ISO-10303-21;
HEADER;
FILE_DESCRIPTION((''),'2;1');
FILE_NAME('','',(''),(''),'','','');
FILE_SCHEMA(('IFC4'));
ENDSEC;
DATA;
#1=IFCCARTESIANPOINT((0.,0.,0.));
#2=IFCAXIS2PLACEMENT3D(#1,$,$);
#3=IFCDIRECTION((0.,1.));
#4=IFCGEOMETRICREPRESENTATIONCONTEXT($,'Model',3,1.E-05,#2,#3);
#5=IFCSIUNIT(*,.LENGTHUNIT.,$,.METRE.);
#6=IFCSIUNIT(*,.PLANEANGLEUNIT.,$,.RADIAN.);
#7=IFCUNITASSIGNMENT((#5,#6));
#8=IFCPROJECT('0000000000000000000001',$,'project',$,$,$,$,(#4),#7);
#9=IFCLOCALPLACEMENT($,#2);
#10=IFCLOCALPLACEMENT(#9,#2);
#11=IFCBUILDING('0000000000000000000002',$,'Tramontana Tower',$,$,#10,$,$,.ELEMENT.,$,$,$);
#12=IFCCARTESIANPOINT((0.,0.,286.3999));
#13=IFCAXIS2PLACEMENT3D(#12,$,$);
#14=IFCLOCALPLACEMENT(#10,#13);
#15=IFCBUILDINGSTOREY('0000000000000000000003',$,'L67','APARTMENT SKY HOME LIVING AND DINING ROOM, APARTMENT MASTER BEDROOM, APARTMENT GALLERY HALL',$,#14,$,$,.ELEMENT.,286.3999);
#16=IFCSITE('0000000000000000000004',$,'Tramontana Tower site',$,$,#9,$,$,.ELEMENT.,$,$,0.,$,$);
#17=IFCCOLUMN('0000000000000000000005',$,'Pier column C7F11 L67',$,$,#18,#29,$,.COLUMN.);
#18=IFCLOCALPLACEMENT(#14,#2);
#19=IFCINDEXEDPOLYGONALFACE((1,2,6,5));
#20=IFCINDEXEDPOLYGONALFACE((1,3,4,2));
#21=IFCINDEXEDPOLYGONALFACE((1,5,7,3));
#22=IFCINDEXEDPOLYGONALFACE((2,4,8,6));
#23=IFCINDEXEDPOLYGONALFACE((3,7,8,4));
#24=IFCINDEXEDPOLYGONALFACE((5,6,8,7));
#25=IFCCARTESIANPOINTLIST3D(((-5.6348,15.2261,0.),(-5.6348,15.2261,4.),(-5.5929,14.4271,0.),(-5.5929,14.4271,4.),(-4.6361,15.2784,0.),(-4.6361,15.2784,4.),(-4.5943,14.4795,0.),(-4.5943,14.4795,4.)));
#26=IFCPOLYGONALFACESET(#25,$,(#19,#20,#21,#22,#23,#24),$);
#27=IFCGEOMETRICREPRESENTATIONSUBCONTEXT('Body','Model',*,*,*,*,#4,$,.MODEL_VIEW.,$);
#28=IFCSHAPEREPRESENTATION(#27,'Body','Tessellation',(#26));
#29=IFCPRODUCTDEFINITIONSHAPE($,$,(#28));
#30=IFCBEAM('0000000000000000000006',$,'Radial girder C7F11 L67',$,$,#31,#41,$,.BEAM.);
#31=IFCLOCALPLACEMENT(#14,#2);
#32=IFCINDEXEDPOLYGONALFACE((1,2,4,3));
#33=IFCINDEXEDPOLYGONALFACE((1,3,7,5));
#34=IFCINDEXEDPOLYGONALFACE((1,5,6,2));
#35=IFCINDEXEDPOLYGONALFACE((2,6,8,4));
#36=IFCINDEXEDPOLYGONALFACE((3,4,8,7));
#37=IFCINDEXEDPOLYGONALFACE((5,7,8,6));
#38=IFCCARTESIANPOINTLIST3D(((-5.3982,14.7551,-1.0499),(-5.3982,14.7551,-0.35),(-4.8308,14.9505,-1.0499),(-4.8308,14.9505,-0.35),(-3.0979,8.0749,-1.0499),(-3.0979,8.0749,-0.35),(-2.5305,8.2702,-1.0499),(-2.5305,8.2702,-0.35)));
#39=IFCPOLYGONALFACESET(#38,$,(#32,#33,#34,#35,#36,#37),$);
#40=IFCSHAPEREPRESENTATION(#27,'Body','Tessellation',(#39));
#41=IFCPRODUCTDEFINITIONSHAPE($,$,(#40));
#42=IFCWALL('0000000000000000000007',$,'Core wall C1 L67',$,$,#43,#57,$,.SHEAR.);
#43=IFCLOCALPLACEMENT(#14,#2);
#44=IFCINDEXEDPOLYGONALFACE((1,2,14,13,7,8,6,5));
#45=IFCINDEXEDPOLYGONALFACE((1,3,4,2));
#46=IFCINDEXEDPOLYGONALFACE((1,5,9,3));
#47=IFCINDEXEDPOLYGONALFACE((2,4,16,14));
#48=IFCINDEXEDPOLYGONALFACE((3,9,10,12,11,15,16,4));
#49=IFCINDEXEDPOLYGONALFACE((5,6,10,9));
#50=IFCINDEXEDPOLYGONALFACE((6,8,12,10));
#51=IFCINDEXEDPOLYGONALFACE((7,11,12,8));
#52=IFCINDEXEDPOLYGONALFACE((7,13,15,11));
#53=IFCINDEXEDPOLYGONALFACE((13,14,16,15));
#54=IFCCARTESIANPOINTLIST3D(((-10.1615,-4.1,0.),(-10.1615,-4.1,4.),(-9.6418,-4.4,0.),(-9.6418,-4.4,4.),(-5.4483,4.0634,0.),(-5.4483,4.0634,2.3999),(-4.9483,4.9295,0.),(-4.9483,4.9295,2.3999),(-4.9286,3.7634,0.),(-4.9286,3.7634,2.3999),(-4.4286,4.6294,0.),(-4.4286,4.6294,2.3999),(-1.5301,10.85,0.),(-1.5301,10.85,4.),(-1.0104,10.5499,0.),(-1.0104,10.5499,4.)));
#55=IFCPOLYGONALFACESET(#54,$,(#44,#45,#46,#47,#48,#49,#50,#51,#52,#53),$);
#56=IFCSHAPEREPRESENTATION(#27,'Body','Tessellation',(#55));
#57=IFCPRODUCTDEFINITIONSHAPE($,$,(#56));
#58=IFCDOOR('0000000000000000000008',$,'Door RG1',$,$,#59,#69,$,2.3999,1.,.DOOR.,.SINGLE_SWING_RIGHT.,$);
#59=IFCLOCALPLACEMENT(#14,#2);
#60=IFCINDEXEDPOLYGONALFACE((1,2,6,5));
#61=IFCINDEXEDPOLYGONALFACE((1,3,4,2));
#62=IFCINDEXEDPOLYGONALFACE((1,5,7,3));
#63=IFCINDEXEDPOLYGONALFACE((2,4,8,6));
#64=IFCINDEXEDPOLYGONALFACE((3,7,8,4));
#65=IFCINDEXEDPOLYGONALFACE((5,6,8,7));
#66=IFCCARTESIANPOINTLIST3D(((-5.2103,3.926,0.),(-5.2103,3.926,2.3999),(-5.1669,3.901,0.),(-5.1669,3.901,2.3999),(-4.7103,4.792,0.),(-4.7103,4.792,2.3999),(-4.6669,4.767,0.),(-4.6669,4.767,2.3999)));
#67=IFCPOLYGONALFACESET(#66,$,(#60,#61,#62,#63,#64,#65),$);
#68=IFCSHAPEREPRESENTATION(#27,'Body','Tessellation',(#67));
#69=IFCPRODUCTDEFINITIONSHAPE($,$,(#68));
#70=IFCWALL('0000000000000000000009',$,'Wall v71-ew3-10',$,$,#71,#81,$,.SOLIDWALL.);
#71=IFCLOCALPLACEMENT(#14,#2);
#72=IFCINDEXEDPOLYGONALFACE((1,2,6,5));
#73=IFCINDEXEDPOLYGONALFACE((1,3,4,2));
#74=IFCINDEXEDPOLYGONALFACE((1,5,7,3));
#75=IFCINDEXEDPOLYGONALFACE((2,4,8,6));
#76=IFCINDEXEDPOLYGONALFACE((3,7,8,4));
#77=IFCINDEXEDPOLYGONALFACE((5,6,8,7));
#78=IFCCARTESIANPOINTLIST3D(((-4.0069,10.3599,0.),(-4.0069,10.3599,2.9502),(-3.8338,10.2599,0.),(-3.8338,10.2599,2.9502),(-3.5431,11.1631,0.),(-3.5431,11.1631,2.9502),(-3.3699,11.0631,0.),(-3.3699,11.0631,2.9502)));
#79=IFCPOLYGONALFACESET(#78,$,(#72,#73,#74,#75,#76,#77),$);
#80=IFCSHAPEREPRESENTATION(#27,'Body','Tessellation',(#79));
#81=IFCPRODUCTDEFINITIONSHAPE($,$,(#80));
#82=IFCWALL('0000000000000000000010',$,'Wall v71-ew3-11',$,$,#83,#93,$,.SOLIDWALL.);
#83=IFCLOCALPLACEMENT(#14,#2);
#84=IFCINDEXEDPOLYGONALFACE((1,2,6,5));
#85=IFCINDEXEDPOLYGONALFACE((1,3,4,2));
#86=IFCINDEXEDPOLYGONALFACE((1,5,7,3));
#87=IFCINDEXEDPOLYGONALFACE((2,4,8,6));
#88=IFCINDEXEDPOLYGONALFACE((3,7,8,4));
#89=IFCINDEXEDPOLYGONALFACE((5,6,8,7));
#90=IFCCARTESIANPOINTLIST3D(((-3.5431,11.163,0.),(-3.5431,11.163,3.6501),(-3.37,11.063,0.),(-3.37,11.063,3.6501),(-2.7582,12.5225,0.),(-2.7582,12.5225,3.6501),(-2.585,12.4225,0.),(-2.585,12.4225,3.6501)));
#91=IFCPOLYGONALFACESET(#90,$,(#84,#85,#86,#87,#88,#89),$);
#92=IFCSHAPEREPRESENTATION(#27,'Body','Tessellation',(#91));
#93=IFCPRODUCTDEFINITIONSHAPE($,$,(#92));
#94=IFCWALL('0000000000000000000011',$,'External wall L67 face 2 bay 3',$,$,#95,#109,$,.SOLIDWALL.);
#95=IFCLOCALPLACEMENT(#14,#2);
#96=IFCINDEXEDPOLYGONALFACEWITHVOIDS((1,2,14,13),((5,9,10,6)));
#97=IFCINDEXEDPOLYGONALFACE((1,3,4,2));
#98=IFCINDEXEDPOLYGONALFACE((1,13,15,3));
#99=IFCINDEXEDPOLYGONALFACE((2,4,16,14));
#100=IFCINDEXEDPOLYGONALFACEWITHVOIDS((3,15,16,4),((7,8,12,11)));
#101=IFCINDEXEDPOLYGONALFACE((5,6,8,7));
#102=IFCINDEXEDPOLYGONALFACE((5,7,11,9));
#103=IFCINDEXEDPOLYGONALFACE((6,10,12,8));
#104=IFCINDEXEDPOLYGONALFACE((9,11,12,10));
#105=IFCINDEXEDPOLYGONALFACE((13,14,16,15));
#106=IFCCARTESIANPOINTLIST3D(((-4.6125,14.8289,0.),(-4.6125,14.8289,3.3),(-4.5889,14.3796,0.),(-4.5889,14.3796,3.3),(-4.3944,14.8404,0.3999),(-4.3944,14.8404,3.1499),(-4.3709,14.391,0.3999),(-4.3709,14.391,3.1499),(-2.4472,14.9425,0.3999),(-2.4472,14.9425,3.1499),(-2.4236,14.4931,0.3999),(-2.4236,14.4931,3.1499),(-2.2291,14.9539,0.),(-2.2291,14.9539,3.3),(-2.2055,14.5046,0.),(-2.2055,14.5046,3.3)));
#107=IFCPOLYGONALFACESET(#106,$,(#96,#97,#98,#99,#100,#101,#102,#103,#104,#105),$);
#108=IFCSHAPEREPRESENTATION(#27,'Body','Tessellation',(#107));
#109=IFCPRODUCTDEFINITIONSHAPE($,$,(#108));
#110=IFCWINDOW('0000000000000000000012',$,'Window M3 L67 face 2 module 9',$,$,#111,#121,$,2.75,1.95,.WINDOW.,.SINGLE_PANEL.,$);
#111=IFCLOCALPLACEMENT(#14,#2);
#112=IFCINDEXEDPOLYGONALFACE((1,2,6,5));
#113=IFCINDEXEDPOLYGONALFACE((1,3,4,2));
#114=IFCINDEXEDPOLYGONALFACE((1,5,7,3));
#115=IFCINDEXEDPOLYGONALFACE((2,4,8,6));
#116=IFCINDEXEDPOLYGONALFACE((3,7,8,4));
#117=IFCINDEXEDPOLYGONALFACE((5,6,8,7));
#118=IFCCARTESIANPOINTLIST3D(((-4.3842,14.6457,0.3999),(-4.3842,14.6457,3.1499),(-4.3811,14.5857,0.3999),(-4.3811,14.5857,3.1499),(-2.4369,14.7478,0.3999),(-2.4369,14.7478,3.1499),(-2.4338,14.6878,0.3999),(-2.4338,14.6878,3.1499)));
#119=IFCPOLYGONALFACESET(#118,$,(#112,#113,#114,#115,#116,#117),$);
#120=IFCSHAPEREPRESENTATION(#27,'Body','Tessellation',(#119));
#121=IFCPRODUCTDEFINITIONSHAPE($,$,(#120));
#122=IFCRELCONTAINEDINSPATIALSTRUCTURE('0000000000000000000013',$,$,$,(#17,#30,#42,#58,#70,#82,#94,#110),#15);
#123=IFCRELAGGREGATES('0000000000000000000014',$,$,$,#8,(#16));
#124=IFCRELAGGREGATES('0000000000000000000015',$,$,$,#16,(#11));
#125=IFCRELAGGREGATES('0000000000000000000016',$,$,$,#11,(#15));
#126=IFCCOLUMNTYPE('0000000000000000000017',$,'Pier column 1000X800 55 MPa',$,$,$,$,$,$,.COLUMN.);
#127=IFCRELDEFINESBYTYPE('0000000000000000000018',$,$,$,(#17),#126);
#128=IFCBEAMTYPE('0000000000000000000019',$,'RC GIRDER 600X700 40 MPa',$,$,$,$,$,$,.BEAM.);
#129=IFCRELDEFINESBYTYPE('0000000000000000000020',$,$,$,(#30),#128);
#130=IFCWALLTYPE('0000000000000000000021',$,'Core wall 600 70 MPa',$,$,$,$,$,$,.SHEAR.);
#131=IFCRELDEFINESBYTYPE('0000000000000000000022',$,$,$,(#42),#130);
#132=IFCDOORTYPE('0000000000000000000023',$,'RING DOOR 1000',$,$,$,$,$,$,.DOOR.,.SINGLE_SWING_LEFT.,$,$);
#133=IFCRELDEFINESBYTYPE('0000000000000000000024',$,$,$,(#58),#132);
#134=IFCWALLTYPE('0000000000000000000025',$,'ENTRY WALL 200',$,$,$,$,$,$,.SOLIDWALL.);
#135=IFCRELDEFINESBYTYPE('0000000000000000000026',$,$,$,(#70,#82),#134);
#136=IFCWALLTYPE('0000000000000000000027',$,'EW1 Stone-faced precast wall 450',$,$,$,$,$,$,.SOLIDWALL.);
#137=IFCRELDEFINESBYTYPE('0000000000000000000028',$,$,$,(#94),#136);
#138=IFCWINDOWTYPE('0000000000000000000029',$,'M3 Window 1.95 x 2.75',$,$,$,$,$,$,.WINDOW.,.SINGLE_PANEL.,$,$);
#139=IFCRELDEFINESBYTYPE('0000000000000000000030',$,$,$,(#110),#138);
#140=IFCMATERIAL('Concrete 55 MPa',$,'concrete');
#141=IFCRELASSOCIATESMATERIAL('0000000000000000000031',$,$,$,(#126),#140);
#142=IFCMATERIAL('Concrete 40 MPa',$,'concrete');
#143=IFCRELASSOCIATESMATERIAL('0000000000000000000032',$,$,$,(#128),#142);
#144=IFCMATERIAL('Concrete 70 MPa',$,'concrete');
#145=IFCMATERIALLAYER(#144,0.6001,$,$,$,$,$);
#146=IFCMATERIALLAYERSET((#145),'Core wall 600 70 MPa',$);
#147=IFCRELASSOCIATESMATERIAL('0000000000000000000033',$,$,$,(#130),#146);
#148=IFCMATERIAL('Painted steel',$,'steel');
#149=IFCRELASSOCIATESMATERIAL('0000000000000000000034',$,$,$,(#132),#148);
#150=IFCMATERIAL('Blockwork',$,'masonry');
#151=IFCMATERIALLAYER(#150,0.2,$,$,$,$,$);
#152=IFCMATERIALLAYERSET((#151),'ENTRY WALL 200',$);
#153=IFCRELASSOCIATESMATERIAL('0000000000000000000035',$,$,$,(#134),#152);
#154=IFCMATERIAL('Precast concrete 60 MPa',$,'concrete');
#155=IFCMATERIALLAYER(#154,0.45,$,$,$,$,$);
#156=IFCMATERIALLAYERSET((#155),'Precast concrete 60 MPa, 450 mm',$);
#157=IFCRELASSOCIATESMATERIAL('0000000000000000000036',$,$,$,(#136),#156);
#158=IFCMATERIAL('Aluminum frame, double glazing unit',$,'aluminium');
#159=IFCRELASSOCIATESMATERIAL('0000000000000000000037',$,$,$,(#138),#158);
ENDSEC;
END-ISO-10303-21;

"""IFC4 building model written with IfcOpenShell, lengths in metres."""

from ifc_helpers import new_model, si_unit, direction, frame, frame_2d, origin, origin_2d, place, context, subcontext, project, spatial, rectangle, extrude, material, layer, layer_set, material_profile, profile_set, type_object, element, fill, save


model = new_model("IFC4")

# Units and contexts
model_context = context("Model", 3, precision=1e-05, world=origin(), true_north=direction((0.0, 1.0)))
body_context = subcontext(model_context, "Body", "Model", "MODEL_VIEW")
ifc_project = project(units=[si_unit("LENGTHUNIT", "METRE"), si_unit("PLANEANGLEUNIT", "RADIAN")], contexts=[model_context])

# Site, building, storey
site_placement = place(None, origin())
site = spatial("IfcSite", under=ifc_project, at=site_placement, Name="Tramontana Tower site", CompositionType="ELEMENT", RefElevation=0.0)
building_placement = place(site_placement, origin())
building = spatial("IfcBuilding", under=site, at=building_placement, Name="Tramontana Tower", CompositionType="ELEMENT")
storey_placement = place(building_placement, frame((0.0, 0.0, 286.3999)))
storey = spatial("IfcBuildingStorey", under=building, at=storey_placement, Name="L67", Description="APARTMENT SKY HOME LIVING AND DINING ROOM, APARTMENT MASTER BEDROOM, APARTMENT GALLERY HALL", CompositionType="ELEMENT", Elevation=286.3999)

# Column
ifc_material_1 = material(Name="Concrete 55 MPa", Category="concrete")
ifc_material_profile_1 = material_profile(ifc_material_1, rectangle(XDim=1.0, YDim=0.8, at=origin_2d()), Name="Pier column 1000X800 55 MPa")
ifc_profile_set_1 = profile_set([ifc_material_profile_1], Name="Concrete 55 MPa")
column_type = type_object("IfcColumnType", Name="Pier column 1000X800 55 MPa", PredefinedType="COLUMN", material=ifc_profile_set_1)
column_placement = place(storey_placement, frame((-5.1145, 14.8528, 0.0), z_axis=(0.0, 0.0, 1.0), x_axis=(-0.99863, -0.052336, 0.0)))
element("IfcColumn", 1, at=column_placement, inside=storey, type_object=column_type, Name="Pier column C7F11 L67", PredefinedType="COLUMN", context=body_context, shape_type="SweptSolid", body=[
    extrude(rectangle(XDim=1.0, YDim=0.8, at=origin_2d()), origin(), (0.0, 0.0, 1.0), 4.0),
])

# Beam
ifc_material_2 = material(Name="Concrete 40 MPa", Category="concrete")
ifc_material_profile_2 = material_profile(ifc_material_2, rectangle(XDim=0.6001, YDim=0.7, at=origin_2d()), Name="RC GIRDER 600X700 40 MPa")
ifc_profile_set_2 = profile_set([ifc_material_profile_2], Name="Concrete 40 MPa")
beam_type = type_object("IfcBeamType", Name="RC GIRDER 600X700 40 MPa", PredefinedType="BEAM", material=ifc_profile_set_2)
beam_placement = place(storey_placement, frame((-5.1145, 14.8528, -0.7), z_axis=(0.325584, -0.945513, 0.0), x_axis=(0.945513, 0.325584, 0.0)))
element("IfcBeam", 2, at=beam_placement, inside=storey, type_object=beam_type, Name="Radial girder C7F11 L67", PredefinedType="BEAM", context=body_context, shape_type="SweptSolid", body=[
    extrude(rectangle(XDim=0.6001, YDim=0.7, at=origin_2d()), origin(), (0.0, 0.0, 1.0), 7.0652),
])

# Wall, opening, door
ifc_material_3 = material(Name="Concrete 70 MPa", Category="concrete")
ifc_layer_1 = layer(ifc_material_3, 0.6001)
ifc_layer_set_1 = layer_set([ifc_layer_1], Name="Core wall 600 70 MPa")
wall_type_1 = type_object("IfcWallType", Name="Core wall 600 70 MPa", PredefinedType="SHEAR", material=ifc_layer_set_1)
wall_1_placement = place(storey_placement, frame((-1.2703, 10.7, 0.0), z_axis=(0.0, 0.0, 1.0), x_axis=(-0.5, -0.866026, 0.0)))
wall_1 = element("IfcWall", 3, at=wall_1_placement, inside=storey, type_object=wall_type_1, Name="Core wall C1 L67", PredefinedType="SHEAR", context=body_context, shape_type="SweptSolid", body=[
    extrude(rectangle(XDim=17.2627, YDim=0.6001, at=frame_2d((8.6313, 0.0))), origin(), (0.0, 0.0, 1.0), 4.0),
])
opening_1_placement = place(wall_1_placement, frame((6.8364, 0.0, 0.0)))
opening_1 = element("IfcOpeningElement", 4, at=opening_1_placement, cuts=wall_1, PredefinedType="OPENING", context=body_context, shape_type="SweptSolid", body=[
    extrude(rectangle(XDim=1.0, YDim=2.3999, at=frame_2d((0.5, 1.2))), frame((0.0, 0.3101, 0.0), z_axis=(0.0, -1.0, 0.0), x_axis=(1.0, 0.0, 0.0)), (0.0, 0.0, 1.0), 0.6201),
])
ifc_material_4 = material(Name="Painted steel", Category="steel")
door_type_1 = type_object("IfcDoorType", Name="RING DOOR 1000", OperationType="SINGLE_SWING_LEFT", PredefinedType="DOOR", material=ifc_material_4)
door_1_placement = place(opening_1_placement, origin())
door_1 = element("IfcDoor", 5, at=door_1_placement, inside=storey, type_object=door_type_1, Name="Door RG1", OperationType="SINGLE_SWING_RIGHT", OverallHeight=2.3999, OverallWidth=1.0, PredefinedType="DOOR", context=body_context, shape_type="SweptSolid", body=[
    extrude(rectangle(XDim=1.0, YDim=2.3999, at=frame_2d((0.5, 1.2))), frame((0.0, 0.0249, 0.0), z_axis=(0.0, -1.0, 0.0), x_axis=(1.0, 0.0, 0.0)), (0.0, 0.0, 1.0), 0.05),
])
fill(opening_1, door_1)

# Walls
ifc_material_5 = material(Name="Blockwork", Category="masonry")
ifc_layer_2 = layer(ifc_material_5, 0.2)
ifc_layer_set_2 = layer_set([ifc_layer_2], Name="ENTRY WALL 200")
wall_type_2 = type_object("IfcWallType", Name="ENTRY WALL 200", PredefinedType="SOLIDWALL", material=ifc_layer_set_2)
wall_2_placement = place(storey_placement, frame((-3.9204, 10.3098, 0.0), z_axis=(0.0, 0.0, 1.0), x_axis=(0.500102, 0.865966, 0.0)))
element("IfcWall", 6, at=wall_2_placement, inside=storey, type_object=wall_type_2, Name="Wall v71-ew3-10", PredefinedType="SOLIDWALL", context=body_context, shape_type="SweptSolid", body=[
    extrude(rectangle(XDim=0.9275, YDim=0.2, at=frame_2d((0.4639, 0.0))), origin(), (0.0, 0.0, 1.0), 2.9502),
])
wall_3_placement = place(storey_placement, frame((-3.4565, 11.113, 0.0), z_axis=(0.0, 0.0, 1.0), x_axis=(0.500037, 0.866004, 0.0)))
element("IfcWall", 7, at=wall_3_placement, inside=storey, type_object=wall_type_2, Name="Wall v71-ew3-11", PredefinedType="SOLIDWALL", context=body_context, shape_type="SweptSolid", body=[
    extrude(rectangle(XDim=1.5698, YDim=0.2, at=frame_2d((0.7849, 0.0))), origin(), (0.0, 0.0, 1.0), 3.6501),
])

# Wall, opening, window
ifc_material_6 = material(Name="Precast concrete 60 MPa", Category="concrete")
ifc_layer_3 = layer(ifc_material_6, 0.45)
ifc_layer_set_3 = layer_set([ifc_layer_3], Name="Precast concrete 60 MPa, 450 mm")
wall_type_3 = type_object("IfcWallType", Name="EW1 Stone-faced precast wall 450", PredefinedType="SOLIDWALL", material=ifc_layer_set_3)
wall_4_placement = place(storey_placement, frame((-2.2173, 14.7292, 0.0), z_axis=(0.0, 0.0, 1.0), x_axis=(-0.998628, -0.052371, 0.0)))
wall_4 = element("IfcWall", 8, at=wall_4_placement, inside=storey, type_object=wall_type_3, Name="External wall L67 face 2 bay 3", PredefinedType="SOLIDWALL", context=body_context, shape_type="SweptSolid", body=[
    extrude(rectangle(XDim=2.3867, YDim=0.45, at=frame_2d((1.1934, 0.0))), origin(), (0.0, 0.0, 1.0), 3.3),
])
opening_2_placement = place(wall_4_placement, frame((0.2183, 0.0, 0.3999)))
opening_2 = element("IfcOpeningElement", 9, at=opening_2_placement, cuts=wall_4, PredefinedType="OPENING", context=body_context, shape_type="SweptSolid", body=[
    extrude(rectangle(XDim=1.95, YDim=2.75, at=frame_2d((0.9751, 1.375))), frame((0.0, 0.2349, 0.0), z_axis=(0.0, -1.0, 0.0), x_axis=(1.0, 0.0, 0.0)), (0.0, 0.0, 1.0), 0.47),
])
ifc_material_7 = material(Name="Aluminum frame, double glazing unit", Category="aluminium")
window_type_1 = type_object("IfcWindowType", Name="M3 Window 1.95 x 2.75", PartitioningType="SINGLE_PANEL", PredefinedType="WINDOW", material=ifc_material_7)
window_1_placement = place(opening_2_placement, origin())
window_1 = element("IfcWindow", 10, at=window_1_placement, inside=storey, type_object=window_type_1, Name="Window M3 L67 face 2 module 9", OverallHeight=2.75, OverallWidth=1.95, PartitioningType="SINGLE_PANEL", PredefinedType="WINDOW", context=body_context, shape_type="SweptSolid", body=[
    extrude(rectangle(XDim=1.95, YDim=2.75, at=frame_2d((0.9751, 1.375))), frame((0.0, 0.03, 0.0), z_axis=(0.0, -1.0, 0.0), x_axis=(1.0, 0.0, 0.0)), (0.0, 0.0, 1.0), 0.0601),
])
fill(opening_2, window_1)

save(model, "model.ifc")
